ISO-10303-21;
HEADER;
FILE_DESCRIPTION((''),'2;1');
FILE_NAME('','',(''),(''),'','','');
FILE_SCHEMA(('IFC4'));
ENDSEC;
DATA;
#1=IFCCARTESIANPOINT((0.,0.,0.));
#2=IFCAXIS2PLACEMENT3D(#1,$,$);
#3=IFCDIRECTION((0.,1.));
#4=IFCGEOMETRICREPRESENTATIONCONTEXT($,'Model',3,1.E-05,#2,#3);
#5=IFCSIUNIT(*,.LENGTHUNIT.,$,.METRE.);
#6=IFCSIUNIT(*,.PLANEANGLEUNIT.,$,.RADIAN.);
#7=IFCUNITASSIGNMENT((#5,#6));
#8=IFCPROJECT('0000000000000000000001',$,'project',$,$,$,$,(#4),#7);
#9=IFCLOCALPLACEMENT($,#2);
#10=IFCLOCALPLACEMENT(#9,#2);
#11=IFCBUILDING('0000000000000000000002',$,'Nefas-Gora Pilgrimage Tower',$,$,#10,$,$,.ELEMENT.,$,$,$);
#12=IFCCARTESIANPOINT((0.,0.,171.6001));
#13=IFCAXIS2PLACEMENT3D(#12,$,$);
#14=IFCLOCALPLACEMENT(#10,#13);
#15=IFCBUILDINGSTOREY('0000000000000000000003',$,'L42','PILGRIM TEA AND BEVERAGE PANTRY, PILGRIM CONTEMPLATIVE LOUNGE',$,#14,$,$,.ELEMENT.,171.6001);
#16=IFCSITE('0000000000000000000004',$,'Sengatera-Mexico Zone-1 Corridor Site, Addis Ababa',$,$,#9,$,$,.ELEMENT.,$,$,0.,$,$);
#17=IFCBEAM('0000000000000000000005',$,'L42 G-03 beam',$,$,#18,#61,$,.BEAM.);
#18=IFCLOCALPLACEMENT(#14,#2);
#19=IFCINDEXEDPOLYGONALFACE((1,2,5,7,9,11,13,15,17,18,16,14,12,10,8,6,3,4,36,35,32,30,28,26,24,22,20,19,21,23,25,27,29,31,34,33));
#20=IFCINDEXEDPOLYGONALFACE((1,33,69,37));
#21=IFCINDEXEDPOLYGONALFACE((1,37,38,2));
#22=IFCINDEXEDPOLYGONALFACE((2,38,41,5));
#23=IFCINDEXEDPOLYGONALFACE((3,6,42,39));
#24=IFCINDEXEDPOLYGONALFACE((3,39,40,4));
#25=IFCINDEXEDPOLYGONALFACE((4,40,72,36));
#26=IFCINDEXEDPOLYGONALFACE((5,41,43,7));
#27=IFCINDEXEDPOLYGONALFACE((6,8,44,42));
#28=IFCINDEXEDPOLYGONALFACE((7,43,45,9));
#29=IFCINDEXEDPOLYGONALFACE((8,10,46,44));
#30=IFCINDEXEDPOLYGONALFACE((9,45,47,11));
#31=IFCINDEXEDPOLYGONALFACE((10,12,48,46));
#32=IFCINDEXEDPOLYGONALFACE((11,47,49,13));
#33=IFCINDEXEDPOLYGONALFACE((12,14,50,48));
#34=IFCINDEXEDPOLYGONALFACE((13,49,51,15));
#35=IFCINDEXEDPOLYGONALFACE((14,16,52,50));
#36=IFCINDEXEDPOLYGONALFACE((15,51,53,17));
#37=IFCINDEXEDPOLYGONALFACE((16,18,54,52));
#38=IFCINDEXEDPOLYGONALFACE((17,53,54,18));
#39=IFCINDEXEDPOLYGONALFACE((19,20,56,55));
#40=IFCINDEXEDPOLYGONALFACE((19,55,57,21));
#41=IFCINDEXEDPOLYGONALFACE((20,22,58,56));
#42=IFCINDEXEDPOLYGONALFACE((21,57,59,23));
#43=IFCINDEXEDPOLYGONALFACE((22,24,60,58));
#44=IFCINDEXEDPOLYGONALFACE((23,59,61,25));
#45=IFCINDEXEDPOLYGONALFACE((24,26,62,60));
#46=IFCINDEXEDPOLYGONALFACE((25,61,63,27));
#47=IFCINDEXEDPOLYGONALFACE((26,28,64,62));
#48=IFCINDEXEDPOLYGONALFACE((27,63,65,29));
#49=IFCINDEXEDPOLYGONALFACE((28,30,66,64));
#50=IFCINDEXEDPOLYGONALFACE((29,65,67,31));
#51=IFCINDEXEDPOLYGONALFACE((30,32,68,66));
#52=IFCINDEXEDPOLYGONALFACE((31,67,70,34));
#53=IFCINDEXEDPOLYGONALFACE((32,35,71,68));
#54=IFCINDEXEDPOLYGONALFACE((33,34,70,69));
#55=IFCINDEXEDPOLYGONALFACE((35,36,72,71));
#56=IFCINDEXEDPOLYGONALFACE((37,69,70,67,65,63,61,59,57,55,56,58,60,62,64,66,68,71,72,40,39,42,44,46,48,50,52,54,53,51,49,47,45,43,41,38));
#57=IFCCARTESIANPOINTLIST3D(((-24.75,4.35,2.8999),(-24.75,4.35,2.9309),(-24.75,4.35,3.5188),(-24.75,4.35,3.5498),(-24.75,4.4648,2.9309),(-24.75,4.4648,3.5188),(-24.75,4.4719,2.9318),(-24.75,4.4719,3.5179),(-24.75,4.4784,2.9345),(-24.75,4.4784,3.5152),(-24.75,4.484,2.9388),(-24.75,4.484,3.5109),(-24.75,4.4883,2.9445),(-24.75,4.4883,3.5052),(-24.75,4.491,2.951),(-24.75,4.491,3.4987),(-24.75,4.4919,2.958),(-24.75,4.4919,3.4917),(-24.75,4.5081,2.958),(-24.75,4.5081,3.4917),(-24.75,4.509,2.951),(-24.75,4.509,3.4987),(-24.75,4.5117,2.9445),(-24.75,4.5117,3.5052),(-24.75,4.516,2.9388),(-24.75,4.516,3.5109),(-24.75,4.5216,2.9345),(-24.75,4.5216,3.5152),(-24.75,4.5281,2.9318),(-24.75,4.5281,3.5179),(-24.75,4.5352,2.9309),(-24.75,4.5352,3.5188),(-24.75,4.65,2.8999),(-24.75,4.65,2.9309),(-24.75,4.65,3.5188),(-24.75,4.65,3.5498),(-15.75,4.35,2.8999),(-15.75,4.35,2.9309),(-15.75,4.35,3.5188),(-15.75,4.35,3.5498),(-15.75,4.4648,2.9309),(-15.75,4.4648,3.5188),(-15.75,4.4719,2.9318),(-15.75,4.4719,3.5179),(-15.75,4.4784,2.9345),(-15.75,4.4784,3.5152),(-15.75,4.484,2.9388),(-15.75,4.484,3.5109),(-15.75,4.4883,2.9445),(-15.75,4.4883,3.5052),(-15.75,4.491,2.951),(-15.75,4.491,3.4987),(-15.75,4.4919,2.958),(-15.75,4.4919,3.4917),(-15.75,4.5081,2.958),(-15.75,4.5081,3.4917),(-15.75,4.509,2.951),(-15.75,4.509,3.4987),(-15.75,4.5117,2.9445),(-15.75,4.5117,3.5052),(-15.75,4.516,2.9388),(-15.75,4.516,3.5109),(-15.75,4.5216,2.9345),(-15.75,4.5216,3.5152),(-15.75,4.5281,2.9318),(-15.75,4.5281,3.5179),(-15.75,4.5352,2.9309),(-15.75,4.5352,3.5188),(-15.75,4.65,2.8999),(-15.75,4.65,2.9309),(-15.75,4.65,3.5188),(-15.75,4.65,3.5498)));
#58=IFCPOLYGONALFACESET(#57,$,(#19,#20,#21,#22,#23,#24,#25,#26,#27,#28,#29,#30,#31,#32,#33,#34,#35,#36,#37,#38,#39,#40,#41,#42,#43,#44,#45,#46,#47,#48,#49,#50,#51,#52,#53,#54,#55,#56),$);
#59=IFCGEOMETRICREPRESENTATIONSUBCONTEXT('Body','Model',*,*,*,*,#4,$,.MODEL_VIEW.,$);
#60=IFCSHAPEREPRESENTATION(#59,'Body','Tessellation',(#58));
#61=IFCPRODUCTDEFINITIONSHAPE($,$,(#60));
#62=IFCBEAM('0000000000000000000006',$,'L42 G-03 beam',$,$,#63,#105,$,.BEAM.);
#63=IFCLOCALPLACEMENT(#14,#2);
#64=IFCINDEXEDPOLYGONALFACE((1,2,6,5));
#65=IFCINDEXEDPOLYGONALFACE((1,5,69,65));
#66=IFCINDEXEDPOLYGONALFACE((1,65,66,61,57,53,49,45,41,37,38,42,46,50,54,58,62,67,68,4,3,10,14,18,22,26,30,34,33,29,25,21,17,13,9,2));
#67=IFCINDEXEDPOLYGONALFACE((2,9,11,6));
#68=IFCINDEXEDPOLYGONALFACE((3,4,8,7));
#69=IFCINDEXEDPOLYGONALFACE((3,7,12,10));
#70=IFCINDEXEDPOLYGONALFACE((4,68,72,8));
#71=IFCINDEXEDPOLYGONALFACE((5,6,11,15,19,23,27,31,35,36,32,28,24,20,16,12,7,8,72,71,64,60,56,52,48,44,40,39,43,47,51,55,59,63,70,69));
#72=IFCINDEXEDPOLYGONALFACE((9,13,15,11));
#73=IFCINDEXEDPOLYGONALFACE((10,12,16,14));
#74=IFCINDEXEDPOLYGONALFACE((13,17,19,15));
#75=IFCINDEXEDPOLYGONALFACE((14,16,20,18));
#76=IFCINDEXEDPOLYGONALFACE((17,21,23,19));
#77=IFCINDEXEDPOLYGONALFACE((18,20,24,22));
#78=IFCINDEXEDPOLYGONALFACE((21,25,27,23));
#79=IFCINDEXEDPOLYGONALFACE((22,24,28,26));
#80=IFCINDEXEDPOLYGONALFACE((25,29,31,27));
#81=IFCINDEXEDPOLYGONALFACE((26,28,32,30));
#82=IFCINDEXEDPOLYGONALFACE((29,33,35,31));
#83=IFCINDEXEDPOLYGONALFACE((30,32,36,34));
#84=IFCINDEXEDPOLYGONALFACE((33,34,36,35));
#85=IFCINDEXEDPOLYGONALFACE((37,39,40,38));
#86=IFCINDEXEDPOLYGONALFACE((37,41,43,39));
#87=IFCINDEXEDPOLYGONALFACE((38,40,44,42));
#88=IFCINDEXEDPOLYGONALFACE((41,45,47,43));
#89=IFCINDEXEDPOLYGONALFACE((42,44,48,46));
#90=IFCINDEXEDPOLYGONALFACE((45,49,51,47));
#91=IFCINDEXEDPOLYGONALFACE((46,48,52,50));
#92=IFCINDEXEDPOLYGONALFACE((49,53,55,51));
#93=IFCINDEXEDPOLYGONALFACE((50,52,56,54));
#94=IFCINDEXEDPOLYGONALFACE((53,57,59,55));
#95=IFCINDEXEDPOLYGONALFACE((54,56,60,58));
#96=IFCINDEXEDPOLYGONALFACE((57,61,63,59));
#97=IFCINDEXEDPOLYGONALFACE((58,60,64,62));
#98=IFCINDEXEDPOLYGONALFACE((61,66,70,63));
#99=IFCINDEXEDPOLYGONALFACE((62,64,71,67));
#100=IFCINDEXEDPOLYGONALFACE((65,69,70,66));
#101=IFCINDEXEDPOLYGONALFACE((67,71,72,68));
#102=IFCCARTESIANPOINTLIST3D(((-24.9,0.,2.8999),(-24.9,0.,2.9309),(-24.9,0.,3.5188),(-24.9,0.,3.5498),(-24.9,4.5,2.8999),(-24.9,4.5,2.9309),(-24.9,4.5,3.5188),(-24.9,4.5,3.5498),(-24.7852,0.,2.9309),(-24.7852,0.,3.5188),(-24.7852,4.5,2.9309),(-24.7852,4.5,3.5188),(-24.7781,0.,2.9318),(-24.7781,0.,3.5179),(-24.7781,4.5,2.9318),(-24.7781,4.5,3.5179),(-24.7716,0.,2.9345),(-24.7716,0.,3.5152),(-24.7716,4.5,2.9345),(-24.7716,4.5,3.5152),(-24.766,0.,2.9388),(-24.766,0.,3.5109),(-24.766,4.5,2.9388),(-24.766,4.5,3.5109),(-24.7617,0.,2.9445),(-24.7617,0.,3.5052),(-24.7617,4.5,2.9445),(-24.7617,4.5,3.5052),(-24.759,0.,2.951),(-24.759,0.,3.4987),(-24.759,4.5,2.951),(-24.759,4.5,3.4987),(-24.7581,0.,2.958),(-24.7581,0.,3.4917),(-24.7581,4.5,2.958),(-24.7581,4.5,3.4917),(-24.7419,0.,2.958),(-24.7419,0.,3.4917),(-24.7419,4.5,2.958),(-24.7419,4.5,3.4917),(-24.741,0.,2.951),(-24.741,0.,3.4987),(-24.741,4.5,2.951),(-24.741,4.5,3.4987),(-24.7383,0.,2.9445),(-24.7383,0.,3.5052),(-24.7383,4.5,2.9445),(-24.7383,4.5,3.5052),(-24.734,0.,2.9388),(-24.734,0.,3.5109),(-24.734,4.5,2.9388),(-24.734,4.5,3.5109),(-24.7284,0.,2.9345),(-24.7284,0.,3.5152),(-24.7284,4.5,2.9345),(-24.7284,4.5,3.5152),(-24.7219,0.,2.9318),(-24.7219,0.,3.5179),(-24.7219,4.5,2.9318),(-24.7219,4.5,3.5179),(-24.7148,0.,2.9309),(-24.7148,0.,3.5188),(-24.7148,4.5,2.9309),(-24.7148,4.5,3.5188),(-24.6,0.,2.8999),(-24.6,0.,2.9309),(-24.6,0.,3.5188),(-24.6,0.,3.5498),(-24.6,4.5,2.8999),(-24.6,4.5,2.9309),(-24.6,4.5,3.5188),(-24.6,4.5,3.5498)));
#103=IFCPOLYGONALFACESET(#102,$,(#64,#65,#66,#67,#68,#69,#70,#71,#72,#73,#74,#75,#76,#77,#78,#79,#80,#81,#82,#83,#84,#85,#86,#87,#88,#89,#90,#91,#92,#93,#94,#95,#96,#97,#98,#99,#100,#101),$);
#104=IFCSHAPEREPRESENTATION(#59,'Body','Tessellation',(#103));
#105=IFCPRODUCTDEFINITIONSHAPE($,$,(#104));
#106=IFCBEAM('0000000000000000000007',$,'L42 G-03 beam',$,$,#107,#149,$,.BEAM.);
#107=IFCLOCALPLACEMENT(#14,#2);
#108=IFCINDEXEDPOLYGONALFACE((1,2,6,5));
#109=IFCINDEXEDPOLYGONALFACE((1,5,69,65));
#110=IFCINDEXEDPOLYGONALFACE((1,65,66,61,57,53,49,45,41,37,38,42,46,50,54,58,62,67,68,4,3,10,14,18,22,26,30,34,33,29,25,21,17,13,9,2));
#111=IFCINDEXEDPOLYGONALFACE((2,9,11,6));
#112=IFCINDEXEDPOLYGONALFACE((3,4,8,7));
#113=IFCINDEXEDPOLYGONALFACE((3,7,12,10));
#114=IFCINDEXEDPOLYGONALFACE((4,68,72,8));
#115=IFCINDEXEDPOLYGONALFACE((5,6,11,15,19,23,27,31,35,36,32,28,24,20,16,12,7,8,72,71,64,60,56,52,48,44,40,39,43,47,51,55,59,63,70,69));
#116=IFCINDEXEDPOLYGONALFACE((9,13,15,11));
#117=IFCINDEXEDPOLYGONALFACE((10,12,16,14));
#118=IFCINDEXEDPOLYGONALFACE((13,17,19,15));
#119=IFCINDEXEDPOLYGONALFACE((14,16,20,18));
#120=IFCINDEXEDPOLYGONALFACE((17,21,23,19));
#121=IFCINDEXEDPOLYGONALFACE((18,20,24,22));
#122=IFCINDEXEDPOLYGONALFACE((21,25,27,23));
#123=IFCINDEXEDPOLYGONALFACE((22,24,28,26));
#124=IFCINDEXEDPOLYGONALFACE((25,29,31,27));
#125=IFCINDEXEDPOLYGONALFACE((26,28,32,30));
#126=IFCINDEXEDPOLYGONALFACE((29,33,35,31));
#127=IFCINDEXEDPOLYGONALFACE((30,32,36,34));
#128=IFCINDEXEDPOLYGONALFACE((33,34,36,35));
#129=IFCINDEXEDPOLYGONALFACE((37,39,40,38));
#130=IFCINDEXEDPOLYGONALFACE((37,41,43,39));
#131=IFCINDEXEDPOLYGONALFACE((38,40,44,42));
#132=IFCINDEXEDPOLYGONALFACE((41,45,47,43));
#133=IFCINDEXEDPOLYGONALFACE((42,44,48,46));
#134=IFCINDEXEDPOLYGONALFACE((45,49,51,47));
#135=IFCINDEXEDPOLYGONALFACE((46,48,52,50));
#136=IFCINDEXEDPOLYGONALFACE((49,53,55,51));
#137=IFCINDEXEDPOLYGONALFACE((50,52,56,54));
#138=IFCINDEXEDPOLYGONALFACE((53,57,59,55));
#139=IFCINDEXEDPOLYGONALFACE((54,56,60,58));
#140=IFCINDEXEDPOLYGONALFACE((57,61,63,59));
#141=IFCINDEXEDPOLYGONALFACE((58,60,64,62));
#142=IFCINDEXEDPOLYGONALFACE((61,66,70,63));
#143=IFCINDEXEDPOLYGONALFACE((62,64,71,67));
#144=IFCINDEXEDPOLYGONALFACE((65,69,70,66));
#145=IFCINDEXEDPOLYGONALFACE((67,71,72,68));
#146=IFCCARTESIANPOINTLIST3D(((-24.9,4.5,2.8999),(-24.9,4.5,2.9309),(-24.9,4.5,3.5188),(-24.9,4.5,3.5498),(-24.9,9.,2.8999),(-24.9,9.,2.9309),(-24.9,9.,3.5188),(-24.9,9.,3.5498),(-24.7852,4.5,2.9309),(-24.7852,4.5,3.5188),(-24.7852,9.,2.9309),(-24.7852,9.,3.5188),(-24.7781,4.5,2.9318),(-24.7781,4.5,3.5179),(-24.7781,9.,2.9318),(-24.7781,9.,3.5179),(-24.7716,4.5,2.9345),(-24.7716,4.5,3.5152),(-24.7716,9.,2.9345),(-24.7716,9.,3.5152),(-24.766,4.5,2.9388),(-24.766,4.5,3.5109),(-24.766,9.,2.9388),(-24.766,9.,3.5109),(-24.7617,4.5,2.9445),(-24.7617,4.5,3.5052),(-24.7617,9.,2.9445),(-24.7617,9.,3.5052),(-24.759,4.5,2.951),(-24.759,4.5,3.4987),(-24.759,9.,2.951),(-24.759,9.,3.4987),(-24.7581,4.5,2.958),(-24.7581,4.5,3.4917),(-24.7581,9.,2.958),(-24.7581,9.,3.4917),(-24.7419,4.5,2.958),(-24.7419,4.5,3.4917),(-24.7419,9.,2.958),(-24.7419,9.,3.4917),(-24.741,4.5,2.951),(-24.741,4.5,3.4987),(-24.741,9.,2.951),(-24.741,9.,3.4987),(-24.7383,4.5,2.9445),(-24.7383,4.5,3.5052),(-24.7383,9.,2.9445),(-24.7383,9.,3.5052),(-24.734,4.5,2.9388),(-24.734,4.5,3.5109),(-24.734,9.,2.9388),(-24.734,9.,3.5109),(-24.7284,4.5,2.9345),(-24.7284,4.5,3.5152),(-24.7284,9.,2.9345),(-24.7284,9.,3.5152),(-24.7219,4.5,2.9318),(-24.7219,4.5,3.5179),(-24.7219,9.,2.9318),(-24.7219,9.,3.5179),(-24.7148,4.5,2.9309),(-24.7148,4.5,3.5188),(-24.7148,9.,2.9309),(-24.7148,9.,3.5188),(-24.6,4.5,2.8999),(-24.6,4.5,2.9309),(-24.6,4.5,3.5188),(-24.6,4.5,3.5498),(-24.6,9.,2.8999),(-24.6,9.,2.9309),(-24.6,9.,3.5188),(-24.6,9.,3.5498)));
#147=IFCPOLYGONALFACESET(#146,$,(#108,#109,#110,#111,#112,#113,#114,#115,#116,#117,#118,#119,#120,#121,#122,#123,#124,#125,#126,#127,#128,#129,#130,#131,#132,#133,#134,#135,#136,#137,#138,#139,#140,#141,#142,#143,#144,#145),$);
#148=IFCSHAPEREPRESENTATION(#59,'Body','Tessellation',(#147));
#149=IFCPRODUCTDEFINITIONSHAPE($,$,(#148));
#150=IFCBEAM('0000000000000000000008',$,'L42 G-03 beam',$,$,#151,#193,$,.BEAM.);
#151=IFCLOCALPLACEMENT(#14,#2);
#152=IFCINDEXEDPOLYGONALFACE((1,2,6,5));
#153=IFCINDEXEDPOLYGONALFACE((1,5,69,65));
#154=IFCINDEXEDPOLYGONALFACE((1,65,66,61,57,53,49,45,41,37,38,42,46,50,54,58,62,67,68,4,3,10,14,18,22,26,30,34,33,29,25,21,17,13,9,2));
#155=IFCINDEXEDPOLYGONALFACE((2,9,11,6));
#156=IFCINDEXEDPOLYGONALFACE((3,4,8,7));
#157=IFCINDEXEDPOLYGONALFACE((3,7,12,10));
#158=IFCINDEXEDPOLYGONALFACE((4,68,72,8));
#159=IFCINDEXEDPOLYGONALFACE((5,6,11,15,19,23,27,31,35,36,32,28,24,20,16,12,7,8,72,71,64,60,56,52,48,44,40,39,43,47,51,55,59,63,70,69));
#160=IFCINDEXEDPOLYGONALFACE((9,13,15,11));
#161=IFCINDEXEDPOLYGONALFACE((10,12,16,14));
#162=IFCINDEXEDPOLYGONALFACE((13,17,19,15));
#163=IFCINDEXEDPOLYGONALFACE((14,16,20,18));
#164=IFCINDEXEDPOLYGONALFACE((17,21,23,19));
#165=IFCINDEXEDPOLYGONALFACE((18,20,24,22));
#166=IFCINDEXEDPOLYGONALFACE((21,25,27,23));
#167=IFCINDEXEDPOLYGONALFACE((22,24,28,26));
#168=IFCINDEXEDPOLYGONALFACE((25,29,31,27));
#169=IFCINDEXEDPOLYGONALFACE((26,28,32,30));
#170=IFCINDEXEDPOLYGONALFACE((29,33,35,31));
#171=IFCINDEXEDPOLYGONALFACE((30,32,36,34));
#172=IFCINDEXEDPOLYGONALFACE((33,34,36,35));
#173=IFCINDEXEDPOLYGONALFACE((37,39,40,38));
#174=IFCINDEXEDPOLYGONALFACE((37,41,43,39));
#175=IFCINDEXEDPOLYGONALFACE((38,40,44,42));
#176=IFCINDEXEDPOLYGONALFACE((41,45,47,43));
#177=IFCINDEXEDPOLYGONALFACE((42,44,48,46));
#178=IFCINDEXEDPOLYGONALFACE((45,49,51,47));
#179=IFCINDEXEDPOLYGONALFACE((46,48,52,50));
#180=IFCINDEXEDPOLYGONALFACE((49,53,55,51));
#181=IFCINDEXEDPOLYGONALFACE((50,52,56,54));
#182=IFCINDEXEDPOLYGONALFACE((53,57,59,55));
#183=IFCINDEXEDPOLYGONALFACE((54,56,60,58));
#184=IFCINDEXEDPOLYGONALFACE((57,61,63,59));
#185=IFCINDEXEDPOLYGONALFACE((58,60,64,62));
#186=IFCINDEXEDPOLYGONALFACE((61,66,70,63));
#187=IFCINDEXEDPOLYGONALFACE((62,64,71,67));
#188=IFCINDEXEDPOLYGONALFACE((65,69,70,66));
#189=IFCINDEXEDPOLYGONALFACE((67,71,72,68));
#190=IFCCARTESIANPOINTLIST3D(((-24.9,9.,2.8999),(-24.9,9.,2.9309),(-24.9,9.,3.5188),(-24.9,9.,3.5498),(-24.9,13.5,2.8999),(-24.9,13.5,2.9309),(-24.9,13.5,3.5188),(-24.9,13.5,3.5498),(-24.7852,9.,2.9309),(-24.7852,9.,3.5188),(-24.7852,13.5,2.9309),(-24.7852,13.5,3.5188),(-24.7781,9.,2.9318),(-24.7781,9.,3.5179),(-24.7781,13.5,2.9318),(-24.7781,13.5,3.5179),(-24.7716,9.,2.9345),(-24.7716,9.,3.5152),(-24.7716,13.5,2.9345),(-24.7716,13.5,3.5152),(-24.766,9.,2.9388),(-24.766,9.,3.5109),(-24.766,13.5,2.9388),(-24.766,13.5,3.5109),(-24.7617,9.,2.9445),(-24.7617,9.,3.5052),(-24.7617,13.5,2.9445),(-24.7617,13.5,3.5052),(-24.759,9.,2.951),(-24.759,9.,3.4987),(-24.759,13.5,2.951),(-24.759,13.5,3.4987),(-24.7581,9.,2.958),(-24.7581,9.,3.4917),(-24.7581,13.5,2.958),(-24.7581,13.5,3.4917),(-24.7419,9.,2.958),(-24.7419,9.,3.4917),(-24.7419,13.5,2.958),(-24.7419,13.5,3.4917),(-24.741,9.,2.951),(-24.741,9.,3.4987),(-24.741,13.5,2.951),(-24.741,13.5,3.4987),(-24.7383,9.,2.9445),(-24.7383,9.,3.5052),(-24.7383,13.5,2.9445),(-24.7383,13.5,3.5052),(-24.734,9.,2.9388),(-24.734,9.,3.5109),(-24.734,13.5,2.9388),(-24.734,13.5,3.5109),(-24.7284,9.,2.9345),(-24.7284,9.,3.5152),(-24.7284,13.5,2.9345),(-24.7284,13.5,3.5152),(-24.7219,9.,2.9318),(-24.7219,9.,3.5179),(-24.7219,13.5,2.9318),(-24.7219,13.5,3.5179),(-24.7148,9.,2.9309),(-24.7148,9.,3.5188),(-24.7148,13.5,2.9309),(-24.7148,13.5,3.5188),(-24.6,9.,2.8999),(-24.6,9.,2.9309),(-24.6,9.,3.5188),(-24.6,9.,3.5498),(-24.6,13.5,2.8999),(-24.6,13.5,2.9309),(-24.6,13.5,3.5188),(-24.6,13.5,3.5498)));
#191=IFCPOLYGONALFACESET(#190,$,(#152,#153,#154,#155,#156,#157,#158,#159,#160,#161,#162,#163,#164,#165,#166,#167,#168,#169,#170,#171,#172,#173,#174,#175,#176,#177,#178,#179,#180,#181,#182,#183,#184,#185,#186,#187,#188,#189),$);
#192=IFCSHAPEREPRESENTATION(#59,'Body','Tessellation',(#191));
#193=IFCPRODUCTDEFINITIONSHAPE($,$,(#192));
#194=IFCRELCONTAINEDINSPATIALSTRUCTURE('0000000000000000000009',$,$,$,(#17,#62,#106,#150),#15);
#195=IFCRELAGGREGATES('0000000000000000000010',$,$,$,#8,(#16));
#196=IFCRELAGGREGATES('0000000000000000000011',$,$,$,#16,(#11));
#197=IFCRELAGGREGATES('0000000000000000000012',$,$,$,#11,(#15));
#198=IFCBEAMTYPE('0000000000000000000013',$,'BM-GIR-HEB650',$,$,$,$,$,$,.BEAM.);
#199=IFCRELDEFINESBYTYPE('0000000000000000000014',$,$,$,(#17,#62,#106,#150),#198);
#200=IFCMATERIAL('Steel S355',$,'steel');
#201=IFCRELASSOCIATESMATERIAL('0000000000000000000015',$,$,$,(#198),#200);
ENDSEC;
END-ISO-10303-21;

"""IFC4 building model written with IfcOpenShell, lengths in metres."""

from ifc_helpers import new_model, si_unit, direction, frame, origin, origin_2d, place, context, subcontext, project, spatial, i_section, extrude, source, transform, mapped, material, material_profile, profile_set, type_object, element, save


model = new_model("IFC4")

# Units and contexts
model_context = context("Model", 3, precision=1e-05, world=origin(), true_north=direction((0.0, 1.0)))
body_context = subcontext(model_context, "Body", "Model", "MODEL_VIEW")
ifc_project = project(units=[si_unit("LENGTHUNIT", "METRE"), si_unit("PLANEANGLEUNIT", "RADIAN")], contexts=[model_context])

# Site, building, storey
site_placement = place(None, origin())
site = spatial("IfcSite", under=ifc_project, at=site_placement, Name="Sengatera-Mexico Zone-1 Corridor Site, Addis Ababa", CompositionType="ELEMENT", RefElevation=0.0)
building_placement = place(site_placement, origin())
building = spatial("IfcBuilding", under=site, at=building_placement, Name="Nefas-Gora Pilgrimage Tower", CompositionType="ELEMENT")
storey_placement = place(building_placement, frame((0.0, 0.0, 171.6001)))
storey = spatial("IfcBuildingStorey", under=building, at=storey_placement, Name="L42", Description="PILGRIM TEA AND BEVERAGE PANTRY, PILGRIM CONTEMPLATIVE LOUNGE", CompositionType="ELEMENT", Elevation=171.6001)

# Beams
ifc_material_1 = material(Name="Steel S355", Category="steel")
ifc_material_profile_1 = material_profile(ifc_material_1, i_section(OverallWidth=0.3, OverallDepth=0.6499, WebThickness=0.0161, FlangeThickness=0.031, FilletRadius=0.0271, at=origin_2d()), Name="HEB 650")
ifc_profile_set_1 = profile_set([ifc_material_profile_1], Name="Steel S355")
beam_type_1 = type_object("IfcBeamType", Name="BM-GIR-HEB650", PredefinedType="BEAM", material=ifc_profile_set_1)
shared_shape_1 = source(origin(), body_context, "Body", "SweptSolid", [
    extrude(i_section(OverallWidth=0.3, OverallDepth=0.6499, WebThickness=0.0161, FlangeThickness=0.031, FilletRadius=0.0271, at=origin_2d()), origin(), (0.0, 0.0, 1.0), 9.0),
])
for number, where, z_axis, x_axis, name in (
    (1, (-24.75, 4.5, 3.2249), (1.0, 0.0, 0.0), (0.0, 1.0, 0.0), "L42 G-03 beam"),
):
    element("IfcBeam", number, at=place(storey_placement, frame(where, z_axis=z_axis, x_axis=x_axis)), inside=storey, type_object=beam_type_1, Name=name, PredefinedType="BEAM", context=body_context, shape_type="MappedRepresentation", body=[
        mapped(shared_shape_1, transform((0.0, 0.0, 0.0), x_axis=(1.0, 0.0, 0.0), y_axis=(0.0, 1.0, 0.0), z_axis=(0.0, 0.0, 1.0), scale=1.0)),
    ])
shared_shape_2 = source(origin(), body_context, "Body", "SweptSolid", [
    extrude(i_section(OverallWidth=0.3, OverallDepth=0.6499, WebThickness=0.0161, FlangeThickness=0.031, FilletRadius=0.0271, at=origin_2d()), origin(), (0.0, 0.0, 1.0), 4.5),
])
for number, where, z_axis, x_axis, name in (
    (2, (-24.75, 0.0, 3.2249), (0.0, 1.0, 0.0), (-1.0, 0.0, 0.0), "L42 G-03 beam"),
    (3, (-24.75, 4.5, 3.2249), (0.0, 1.0, 0.0), (-1.0, 0.0, 0.0), "L42 G-03 beam"),
    (4, (-24.75, 9.0, 3.2249), (0.0, 1.0, 0.0), (-1.0, 0.0, 0.0), "L42 G-03 beam"),
):
    element("IfcBeam", number, at=place(storey_placement, frame(where, z_axis=z_axis, x_axis=x_axis)), inside=storey, type_object=beam_type_1, Name=name, PredefinedType="BEAM", context=body_context, shape_type="MappedRepresentation", body=[
        mapped(shared_shape_2, transform((0.0, 0.0, 0.0), x_axis=(1.0, 0.0, 0.0), y_axis=(0.0, 1.0, 0.0), z_axis=(0.0, 0.0, 1.0), scale=1.0)),
    ])

save(model, "model.ifc")
